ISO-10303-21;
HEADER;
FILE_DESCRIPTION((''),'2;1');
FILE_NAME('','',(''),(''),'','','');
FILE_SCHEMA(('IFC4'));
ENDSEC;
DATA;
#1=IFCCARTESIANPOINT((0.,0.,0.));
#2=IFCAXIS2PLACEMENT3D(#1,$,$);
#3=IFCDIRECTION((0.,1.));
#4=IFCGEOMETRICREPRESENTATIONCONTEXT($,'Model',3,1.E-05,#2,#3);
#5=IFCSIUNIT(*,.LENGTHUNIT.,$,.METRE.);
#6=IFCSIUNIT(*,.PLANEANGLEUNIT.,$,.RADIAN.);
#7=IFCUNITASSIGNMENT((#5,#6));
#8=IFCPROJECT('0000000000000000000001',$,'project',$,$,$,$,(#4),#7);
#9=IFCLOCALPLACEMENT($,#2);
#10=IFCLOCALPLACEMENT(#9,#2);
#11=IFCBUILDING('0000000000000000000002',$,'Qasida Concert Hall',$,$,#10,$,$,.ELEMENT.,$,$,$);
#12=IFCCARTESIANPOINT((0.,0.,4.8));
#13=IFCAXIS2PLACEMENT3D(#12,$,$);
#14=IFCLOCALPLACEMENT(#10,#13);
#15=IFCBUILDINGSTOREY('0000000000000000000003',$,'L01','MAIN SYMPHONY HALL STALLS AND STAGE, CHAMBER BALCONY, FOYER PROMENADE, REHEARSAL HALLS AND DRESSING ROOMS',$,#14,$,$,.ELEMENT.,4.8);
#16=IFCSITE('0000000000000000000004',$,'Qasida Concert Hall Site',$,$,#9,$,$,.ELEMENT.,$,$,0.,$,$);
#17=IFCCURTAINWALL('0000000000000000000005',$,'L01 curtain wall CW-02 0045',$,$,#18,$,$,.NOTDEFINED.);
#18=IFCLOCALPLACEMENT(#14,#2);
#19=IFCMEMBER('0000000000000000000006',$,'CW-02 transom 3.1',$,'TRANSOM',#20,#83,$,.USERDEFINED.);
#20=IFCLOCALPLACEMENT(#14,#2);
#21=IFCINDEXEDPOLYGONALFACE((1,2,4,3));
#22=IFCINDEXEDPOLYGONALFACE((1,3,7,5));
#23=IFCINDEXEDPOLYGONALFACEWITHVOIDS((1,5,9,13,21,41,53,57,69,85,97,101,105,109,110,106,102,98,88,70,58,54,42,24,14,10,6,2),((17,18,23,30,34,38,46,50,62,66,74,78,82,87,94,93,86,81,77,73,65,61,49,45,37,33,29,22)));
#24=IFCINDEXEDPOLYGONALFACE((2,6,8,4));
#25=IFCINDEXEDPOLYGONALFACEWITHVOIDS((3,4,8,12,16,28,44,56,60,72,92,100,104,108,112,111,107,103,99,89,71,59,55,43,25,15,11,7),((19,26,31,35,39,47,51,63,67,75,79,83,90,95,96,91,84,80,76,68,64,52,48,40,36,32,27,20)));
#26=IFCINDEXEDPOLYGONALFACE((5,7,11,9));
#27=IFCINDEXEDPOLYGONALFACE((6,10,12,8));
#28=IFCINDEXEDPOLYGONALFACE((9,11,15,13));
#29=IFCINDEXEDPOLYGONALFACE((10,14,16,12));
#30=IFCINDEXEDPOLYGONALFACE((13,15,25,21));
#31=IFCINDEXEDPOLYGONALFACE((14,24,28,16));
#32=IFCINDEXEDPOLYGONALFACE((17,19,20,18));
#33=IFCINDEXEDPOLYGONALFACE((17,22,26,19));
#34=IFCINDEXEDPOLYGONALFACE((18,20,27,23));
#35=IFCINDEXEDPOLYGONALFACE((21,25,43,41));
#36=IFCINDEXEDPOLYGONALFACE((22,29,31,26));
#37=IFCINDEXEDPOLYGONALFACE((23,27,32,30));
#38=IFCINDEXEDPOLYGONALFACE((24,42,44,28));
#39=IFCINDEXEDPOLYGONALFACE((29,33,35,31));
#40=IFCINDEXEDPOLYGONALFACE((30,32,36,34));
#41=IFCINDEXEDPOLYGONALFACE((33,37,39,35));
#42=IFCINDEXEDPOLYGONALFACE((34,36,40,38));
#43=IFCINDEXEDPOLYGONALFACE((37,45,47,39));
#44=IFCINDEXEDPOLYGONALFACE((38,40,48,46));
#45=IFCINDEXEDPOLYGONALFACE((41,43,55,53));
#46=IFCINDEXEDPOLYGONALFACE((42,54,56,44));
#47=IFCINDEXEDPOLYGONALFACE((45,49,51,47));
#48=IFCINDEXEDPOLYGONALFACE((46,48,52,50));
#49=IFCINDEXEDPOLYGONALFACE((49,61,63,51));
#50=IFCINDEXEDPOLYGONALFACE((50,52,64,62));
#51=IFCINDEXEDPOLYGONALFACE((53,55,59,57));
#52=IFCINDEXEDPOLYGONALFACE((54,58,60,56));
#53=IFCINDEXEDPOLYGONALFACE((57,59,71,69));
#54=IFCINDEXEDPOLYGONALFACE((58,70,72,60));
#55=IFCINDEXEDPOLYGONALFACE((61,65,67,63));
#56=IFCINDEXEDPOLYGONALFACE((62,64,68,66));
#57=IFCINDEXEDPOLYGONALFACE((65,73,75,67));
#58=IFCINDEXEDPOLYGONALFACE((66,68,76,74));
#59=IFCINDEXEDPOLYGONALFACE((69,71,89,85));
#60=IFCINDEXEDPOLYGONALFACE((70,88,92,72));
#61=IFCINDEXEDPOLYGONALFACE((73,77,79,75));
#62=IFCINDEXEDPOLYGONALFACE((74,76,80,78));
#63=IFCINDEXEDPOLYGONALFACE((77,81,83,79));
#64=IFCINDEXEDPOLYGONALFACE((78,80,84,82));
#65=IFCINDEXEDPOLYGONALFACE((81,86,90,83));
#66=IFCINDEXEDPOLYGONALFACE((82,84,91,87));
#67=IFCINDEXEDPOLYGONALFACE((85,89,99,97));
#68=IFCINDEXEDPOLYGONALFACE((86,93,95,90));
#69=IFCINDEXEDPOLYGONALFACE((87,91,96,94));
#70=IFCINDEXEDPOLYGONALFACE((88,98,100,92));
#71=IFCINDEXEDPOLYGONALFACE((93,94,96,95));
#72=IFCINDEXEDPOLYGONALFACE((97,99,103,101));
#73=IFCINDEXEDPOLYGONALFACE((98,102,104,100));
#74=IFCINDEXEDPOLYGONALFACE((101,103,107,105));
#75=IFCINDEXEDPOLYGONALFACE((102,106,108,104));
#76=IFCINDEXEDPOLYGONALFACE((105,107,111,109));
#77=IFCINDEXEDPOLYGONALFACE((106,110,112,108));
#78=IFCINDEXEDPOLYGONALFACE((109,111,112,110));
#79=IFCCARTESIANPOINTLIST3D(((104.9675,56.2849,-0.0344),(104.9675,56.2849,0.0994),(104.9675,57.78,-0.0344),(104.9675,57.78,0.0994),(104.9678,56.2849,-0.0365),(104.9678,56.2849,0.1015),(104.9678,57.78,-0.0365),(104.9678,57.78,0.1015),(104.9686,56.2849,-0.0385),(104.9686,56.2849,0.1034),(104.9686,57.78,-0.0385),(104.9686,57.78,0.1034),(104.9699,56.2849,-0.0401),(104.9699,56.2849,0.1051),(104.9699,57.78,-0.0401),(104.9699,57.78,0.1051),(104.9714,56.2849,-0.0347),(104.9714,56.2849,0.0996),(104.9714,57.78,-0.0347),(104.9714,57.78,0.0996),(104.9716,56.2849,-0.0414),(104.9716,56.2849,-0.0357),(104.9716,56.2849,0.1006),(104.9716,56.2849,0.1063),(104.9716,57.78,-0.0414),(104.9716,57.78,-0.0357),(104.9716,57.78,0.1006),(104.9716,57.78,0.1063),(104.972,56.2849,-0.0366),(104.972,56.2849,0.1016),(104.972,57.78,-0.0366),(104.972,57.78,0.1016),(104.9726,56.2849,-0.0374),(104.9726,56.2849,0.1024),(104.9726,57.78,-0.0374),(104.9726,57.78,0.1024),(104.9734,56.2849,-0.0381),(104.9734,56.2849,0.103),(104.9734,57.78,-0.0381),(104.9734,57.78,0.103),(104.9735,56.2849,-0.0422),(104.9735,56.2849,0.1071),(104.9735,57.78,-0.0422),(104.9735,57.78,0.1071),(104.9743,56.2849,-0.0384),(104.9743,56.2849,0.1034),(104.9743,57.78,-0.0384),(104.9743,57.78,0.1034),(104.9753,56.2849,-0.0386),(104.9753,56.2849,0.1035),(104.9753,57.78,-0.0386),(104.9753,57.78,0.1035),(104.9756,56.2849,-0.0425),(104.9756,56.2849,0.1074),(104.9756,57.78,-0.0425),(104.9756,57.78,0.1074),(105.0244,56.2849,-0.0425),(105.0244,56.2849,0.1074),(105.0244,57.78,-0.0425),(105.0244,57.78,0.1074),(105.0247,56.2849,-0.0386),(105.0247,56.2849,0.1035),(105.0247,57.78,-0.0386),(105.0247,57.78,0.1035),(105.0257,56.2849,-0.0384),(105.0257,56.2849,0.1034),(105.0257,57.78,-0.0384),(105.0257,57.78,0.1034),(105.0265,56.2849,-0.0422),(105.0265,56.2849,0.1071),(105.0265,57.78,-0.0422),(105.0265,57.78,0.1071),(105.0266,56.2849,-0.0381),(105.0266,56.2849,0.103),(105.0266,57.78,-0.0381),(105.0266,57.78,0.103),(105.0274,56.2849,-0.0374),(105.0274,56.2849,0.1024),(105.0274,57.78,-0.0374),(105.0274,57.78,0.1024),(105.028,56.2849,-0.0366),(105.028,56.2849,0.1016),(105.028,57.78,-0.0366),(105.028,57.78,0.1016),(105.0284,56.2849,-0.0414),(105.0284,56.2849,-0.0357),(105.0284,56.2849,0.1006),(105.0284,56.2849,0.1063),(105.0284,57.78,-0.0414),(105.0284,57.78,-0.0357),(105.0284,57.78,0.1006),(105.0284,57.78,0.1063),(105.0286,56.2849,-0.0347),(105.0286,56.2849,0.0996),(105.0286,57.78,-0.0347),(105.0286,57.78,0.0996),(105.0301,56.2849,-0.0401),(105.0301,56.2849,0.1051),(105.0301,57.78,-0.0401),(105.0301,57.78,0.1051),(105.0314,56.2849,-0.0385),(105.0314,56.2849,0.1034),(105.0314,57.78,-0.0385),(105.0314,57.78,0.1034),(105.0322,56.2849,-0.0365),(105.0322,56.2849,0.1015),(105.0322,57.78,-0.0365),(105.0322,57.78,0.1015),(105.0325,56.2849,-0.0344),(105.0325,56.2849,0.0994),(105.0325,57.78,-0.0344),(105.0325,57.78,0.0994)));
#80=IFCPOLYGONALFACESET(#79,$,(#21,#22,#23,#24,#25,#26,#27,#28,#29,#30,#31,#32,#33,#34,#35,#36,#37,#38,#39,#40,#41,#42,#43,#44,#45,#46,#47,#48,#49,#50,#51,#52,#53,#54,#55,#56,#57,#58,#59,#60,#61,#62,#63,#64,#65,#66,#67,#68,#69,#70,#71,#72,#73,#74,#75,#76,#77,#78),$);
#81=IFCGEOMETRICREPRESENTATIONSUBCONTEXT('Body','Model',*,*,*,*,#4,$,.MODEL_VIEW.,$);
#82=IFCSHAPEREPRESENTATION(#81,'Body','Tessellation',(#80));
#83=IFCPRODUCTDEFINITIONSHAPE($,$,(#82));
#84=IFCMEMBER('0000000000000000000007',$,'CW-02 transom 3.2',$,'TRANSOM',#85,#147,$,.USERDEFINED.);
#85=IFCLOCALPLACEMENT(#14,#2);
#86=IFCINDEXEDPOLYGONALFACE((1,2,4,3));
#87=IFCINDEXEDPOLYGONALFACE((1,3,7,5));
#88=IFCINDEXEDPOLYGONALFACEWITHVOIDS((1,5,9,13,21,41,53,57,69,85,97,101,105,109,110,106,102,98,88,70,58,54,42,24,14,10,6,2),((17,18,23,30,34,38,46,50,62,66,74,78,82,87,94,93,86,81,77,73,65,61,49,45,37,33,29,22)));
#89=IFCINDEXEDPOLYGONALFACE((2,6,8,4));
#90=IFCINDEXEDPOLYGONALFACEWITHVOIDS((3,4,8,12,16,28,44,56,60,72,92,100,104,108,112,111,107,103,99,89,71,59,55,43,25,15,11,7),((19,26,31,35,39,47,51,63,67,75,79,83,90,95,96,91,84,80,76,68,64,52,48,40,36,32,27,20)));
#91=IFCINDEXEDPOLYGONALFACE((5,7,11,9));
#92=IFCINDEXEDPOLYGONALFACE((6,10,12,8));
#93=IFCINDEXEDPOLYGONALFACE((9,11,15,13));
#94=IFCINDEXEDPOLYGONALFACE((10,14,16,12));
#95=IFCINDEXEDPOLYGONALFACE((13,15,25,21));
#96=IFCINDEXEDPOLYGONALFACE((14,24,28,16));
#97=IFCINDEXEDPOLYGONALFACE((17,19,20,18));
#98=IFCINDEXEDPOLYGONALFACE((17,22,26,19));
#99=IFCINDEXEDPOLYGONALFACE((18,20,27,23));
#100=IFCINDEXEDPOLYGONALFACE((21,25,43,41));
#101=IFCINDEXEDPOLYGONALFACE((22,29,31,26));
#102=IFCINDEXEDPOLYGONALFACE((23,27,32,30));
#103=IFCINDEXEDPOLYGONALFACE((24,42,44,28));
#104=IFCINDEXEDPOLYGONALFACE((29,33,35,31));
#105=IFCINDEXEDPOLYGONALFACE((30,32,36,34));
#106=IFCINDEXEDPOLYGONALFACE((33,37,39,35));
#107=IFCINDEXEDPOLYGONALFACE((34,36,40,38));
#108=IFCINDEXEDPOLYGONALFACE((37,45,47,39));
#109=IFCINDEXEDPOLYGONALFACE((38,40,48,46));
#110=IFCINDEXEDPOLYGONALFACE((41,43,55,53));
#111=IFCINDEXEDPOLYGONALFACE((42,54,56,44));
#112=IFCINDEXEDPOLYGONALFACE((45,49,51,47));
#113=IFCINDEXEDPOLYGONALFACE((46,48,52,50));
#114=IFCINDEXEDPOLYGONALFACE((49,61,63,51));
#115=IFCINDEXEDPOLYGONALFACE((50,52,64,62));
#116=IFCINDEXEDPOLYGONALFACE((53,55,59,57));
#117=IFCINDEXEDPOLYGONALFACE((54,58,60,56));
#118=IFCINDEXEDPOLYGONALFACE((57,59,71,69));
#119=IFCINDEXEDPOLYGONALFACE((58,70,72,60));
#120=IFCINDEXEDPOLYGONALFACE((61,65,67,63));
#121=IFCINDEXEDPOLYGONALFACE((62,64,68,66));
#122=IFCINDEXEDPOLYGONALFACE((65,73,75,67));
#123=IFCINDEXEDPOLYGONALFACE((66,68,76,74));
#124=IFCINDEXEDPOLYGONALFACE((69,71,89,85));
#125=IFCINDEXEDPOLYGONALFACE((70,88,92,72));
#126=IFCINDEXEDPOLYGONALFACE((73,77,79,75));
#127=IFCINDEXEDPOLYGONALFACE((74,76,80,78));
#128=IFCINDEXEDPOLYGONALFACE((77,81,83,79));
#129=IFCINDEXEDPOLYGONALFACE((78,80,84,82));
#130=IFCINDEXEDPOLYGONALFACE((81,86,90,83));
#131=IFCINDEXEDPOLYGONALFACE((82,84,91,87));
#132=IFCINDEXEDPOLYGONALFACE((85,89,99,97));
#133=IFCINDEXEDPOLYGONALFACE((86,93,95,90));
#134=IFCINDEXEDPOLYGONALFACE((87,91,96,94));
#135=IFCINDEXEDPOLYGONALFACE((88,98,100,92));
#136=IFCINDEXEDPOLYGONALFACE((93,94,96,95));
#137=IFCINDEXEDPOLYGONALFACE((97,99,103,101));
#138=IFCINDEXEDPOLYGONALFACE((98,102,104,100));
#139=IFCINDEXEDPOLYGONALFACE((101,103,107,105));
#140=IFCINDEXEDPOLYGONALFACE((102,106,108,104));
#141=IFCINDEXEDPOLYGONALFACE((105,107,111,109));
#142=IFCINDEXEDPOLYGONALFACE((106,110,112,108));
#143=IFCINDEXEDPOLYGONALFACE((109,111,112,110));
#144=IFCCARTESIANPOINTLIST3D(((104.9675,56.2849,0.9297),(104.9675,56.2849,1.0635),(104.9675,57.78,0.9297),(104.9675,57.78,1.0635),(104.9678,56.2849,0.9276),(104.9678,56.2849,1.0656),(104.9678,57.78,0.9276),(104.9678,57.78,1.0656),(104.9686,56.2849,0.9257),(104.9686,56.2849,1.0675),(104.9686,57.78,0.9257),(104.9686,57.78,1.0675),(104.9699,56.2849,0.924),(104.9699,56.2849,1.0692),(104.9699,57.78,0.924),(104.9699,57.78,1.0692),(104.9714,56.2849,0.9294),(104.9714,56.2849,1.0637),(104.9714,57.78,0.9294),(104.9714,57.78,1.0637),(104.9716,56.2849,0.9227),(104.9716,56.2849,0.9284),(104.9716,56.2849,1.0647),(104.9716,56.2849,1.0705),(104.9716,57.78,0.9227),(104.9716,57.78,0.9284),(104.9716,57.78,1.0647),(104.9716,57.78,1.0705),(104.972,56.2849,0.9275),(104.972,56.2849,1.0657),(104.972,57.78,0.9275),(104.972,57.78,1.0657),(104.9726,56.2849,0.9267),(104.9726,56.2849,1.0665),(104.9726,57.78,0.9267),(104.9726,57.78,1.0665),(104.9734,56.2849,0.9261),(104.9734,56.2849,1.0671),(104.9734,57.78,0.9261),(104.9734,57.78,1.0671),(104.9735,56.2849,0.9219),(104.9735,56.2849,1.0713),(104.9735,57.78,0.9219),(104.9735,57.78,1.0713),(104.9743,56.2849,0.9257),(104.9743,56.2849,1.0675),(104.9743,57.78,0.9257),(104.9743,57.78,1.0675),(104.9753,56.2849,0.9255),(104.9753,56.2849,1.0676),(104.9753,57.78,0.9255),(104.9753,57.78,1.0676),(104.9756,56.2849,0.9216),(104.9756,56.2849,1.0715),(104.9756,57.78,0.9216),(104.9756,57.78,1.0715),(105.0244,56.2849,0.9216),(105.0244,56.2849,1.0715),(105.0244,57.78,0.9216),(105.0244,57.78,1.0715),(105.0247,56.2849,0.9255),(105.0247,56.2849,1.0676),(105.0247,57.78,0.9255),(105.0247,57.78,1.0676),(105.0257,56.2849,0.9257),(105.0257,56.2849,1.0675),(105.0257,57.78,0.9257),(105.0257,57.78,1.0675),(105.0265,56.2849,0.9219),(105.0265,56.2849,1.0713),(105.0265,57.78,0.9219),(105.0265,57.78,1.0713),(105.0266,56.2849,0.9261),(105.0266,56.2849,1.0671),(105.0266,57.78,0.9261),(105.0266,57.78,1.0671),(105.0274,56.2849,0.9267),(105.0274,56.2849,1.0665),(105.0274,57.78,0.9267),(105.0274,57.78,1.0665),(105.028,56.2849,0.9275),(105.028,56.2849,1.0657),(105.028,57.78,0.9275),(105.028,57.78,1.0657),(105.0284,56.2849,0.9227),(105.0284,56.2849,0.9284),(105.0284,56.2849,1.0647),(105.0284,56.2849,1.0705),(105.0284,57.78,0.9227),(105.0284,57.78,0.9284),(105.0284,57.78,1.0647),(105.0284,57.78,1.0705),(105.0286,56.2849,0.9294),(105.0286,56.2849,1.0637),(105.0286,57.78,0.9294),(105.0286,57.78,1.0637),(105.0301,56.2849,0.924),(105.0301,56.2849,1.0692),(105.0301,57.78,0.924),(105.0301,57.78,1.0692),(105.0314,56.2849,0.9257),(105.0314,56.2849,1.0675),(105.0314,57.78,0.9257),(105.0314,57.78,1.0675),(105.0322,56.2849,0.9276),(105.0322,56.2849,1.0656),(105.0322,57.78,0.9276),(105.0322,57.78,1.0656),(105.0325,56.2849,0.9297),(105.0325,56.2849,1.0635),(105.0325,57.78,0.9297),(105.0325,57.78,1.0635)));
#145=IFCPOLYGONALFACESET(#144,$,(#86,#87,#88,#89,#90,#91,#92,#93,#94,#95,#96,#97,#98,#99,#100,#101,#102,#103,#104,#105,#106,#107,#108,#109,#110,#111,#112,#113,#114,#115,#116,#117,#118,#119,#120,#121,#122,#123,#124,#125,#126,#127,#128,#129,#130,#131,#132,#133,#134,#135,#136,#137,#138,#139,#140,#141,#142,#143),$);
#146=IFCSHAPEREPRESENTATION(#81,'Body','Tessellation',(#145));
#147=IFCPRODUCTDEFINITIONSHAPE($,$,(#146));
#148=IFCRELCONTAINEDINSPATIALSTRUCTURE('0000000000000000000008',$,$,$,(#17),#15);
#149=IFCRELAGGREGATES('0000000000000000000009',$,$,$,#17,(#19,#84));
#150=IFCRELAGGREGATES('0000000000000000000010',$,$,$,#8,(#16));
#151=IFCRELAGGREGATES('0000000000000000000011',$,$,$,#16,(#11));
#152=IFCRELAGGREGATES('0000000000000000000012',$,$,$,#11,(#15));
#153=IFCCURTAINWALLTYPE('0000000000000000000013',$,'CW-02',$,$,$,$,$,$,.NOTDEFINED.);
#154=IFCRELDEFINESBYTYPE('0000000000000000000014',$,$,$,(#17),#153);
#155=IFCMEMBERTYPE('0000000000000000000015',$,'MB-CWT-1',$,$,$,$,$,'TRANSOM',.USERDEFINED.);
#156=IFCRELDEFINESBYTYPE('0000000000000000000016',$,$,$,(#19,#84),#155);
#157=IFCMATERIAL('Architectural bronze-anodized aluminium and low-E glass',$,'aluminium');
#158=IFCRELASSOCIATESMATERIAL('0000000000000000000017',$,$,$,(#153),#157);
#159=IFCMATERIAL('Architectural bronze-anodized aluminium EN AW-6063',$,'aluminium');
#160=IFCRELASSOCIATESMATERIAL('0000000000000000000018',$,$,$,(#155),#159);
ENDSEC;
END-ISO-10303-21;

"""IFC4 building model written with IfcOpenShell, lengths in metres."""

from ifc_helpers import new_model, si_unit, direction, frame, origin, origin_2d, place, context, subcontext, project, spatial, hollow_rectangle, extrude, material, material_profile, profile_set, type_object, element, aggregate, save


model = new_model("IFC4")

# Units and contexts
model_context = context("Model", 3, precision=1e-05, world=origin(), true_north=direction((0.0, 1.0)))
body_context = subcontext(model_context, "Body", "Model", "MODEL_VIEW")
ifc_project = project(units=[si_unit("LENGTHUNIT", "METRE"), si_unit("PLANEANGLEUNIT", "RADIAN")], contexts=[model_context])

# Site, building, storey
site_placement = place(None, origin())
site = spatial("IfcSite", under=ifc_project, at=site_placement, Name="Qasida Concert Hall Site", CompositionType="ELEMENT", RefElevation=0.0)
building_placement = place(site_placement, origin())
building = spatial("IfcBuilding", under=site, at=building_placement, Name="Qasida Concert Hall", CompositionType="ELEMENT")
storey_placement = place(building_placement, frame((0.0, 0.0, 4.8)))
storey = spatial("IfcBuildingStorey", under=building, at=storey_placement, Name="L01", Description="MAIN SYMPHONY HALL STALLS AND STAGE, CHAMBER BALCONY, FOYER PROMENADE, REHEARSAL HALLS AND DRESSING ROOMS", CompositionType="ELEMENT", Elevation=4.8)

# Curtain wall, members
ifc_material_1 = material(Name="Architectural bronze-anodized aluminium and low-E glass", Category="aluminium")
curtain_wall_type = type_object("IfcCurtainWallType", Name="CW-02", PredefinedType="NOTDEFINED", material=ifc_material_1)
curtain_wall_placement = place(storey_placement, origin())
curtain_wall = element("IfcCurtainWall", 1, at=curtain_wall_placement, inside=storey, type_object=curtain_wall_type, Name="L01 curtain wall CW-02 0045", PredefinedType="NOTDEFINED")
ifc_material_2 = material(Name="Architectural bronze-anodized aluminium EN AW-6063", Category="aluminium")
ifc_material_profile_1 = material_profile(ifc_material_2, hollow_rectangle(XDim=0.0649, YDim=0.1499, WallThickness=0.0039, InnerFilletRadius=0.0039, OuterFilletRadius=0.0081, at=origin_2d()), Name="CWT 150x65x4")
ifc_profile_set_1 = profile_set([ifc_material_profile_1], Name="Architectural bronze-anodized aluminium EN AW-6063")
member_type_1 = type_object("IfcMemberType", Name="MB-CWT-1", ElementType="TRANSOM", PredefinedType="USERDEFINED", material=ifc_profile_set_1)
member_1_placement = place(storey_placement, frame((105.0, 56.2849, 0.0325), z_axis=(0.0, 1.0, 0.0), x_axis=(-1.0, 0.0, 0.0)))
member_1 = element("IfcMember", 2, at=member_1_placement, type_object=member_type_1, Name="CW-02 transom 3.1", ObjectType="TRANSOM", PredefinedType="USERDEFINED", context=body_context, shape_type="SweptSolid", body=[
    extrude(hollow_rectangle(XDim=0.0649, YDim=0.1499, WallThickness=0.0039, InnerFilletRadius=0.0039, OuterFilletRadius=0.0081, at=origin_2d()), origin(), (0.0, 0.0, 1.0), 1.4951),
])
member_2_placement = place(storey_placement, frame((105.0, 56.2849, 0.9966), z_axis=(0.0, 1.0, 0.0), x_axis=(-1.0, 0.0, 0.0)))
member_2 = element("IfcMember", 3, at=member_2_placement, type_object=member_type_1, Name="CW-02 transom 3.2", ObjectType="TRANSOM", PredefinedType="USERDEFINED", context=body_context, shape_type="SweptSolid", body=[
    extrude(hollow_rectangle(XDim=0.0649, YDim=0.1499, WallThickness=0.0039, InnerFilletRadius=0.0039, OuterFilletRadius=0.0081, at=origin_2d()), origin(), (0.0, 0.0, 1.0), 1.4951),
])
aggregate(curtain_wall, [member_1, member_2])

save(model, "model.ifc")
